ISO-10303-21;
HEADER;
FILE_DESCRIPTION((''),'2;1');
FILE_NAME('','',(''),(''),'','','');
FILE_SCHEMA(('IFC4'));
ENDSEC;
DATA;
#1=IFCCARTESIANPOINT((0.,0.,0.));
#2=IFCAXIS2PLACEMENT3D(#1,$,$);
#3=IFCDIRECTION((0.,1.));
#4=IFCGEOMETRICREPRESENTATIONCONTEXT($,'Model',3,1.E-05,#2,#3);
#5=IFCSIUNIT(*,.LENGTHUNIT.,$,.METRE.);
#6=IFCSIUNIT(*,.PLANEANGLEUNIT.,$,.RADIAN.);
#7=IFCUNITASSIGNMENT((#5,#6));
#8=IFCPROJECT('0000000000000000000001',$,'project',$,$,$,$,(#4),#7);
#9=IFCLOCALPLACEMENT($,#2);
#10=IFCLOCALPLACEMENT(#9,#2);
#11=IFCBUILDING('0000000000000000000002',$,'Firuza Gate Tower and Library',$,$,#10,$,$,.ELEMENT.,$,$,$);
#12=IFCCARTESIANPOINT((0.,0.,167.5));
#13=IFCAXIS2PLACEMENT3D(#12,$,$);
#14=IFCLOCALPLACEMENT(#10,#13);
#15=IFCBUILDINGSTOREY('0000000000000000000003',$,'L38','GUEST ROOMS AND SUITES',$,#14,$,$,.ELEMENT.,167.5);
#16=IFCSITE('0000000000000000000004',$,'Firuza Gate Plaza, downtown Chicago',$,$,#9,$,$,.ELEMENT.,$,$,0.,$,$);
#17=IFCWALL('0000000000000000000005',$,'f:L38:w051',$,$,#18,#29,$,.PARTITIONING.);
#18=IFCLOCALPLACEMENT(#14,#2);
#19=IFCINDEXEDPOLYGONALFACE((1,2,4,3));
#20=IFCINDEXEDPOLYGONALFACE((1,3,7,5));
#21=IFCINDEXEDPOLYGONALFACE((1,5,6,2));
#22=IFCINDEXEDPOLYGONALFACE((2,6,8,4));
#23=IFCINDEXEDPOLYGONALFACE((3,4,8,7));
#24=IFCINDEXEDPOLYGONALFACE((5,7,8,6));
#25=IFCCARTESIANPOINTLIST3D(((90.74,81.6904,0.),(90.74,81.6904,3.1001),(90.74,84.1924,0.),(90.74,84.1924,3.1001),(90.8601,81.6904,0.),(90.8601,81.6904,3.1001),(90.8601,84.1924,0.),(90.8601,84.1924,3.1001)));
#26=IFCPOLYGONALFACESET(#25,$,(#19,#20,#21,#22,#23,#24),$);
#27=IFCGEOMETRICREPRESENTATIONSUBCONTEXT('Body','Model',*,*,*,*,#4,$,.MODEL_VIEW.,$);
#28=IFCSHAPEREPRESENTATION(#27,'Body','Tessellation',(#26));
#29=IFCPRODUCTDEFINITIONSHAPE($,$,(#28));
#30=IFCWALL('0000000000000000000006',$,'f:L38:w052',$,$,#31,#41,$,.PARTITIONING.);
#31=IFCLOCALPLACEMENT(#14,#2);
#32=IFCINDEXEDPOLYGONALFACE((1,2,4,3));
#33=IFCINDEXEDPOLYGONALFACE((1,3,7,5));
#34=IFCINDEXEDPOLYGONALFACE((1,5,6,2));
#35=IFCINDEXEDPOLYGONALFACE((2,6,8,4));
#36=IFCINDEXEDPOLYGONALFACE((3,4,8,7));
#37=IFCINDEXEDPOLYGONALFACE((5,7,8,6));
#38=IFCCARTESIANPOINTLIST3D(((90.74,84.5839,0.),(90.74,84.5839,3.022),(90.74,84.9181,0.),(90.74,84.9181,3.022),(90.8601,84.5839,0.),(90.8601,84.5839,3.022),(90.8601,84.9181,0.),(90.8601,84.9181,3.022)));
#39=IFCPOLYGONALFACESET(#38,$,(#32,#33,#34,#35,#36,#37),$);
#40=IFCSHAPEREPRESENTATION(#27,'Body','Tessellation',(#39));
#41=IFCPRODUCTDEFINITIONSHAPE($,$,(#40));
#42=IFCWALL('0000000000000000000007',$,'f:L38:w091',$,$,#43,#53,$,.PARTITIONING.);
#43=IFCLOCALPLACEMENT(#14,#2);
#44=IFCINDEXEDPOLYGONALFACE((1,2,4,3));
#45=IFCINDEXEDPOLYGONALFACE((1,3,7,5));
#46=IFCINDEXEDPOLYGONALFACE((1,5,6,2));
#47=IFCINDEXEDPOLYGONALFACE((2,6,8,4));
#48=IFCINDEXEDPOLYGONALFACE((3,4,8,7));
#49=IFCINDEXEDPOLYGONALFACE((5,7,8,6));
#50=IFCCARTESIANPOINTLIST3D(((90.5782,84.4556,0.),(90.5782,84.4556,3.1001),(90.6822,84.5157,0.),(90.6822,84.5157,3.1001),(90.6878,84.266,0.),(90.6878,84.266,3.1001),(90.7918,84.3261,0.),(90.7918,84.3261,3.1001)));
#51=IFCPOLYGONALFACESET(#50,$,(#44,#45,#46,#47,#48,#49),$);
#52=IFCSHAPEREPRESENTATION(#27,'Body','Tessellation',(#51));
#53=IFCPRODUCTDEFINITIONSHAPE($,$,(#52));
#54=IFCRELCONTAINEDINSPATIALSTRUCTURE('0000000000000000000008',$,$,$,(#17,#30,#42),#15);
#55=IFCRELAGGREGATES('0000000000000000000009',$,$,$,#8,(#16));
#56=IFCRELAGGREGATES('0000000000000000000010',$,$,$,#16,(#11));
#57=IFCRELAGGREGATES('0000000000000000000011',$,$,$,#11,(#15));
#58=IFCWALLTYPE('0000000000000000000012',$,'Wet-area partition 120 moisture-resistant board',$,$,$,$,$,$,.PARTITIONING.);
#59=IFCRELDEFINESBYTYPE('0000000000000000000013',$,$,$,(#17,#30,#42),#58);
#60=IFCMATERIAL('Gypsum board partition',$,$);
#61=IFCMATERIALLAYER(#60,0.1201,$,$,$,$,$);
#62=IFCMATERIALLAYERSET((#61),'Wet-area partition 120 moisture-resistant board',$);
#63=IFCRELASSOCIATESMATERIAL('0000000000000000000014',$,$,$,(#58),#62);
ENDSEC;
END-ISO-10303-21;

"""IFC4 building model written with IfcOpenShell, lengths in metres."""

from ifc_helpers import new_model, si_unit, direction, frame, frame_2d, origin, place, context, subcontext, project, spatial, rectangle, extrude, material, layer, layer_set, type_object, element, save


model = new_model("IFC4")

# Units and contexts
model_context = context("Model", 3, precision=1e-05, world=origin(), true_north=direction((0.0, 1.0)))
body_context = subcontext(model_context, "Body", "Model", "MODEL_VIEW")
ifc_project = project(units=[si_unit("LENGTHUNIT", "METRE"), si_unit("PLANEANGLEUNIT", "RADIAN")], contexts=[model_context])

# Site, building, storey
site_placement = place(None, origin())
site = spatial("IfcSite", under=ifc_project, at=site_placement, Name="Firuza Gate Plaza, downtown Chicago", CompositionType="ELEMENT", RefElevation=0.0)
building_placement = place(site_placement, origin())
building = spatial("IfcBuilding", under=site, at=building_placement, Name="Firuza Gate Tower and Library", CompositionType="ELEMENT")
storey_placement = place(building_placement, frame((0.0, 0.0, 167.5)))
storey = spatial("IfcBuildingStorey", under=building, at=storey_placement, Name="L38", Description="GUEST ROOMS AND SUITES", CompositionType="ELEMENT", Elevation=167.5)

# Shared definitions
ifc_material_1 = material(Name="Gypsum board partition")
ifc_layer_1 = layer(ifc_material_1, 0.1201)
ifc_layer_set_1 = layer_set([ifc_layer_1], Name="Wet-area partition 120 moisture-resistant board")
wall_type_1 = type_object("IfcWallType", Name="Wet-area partition 120 moisture-resistant board", PredefinedType="PARTITIONING", material=ifc_layer_set_1)

# Walls
wall_1_placement = place(storey_placement, frame((90.8, 81.6904, 0.0), z_axis=(0.0, 0.0, 1.0), x_axis=(0.0, 1.0, 0.0)))
element("IfcWall", 1, at=wall_1_placement, inside=storey, type_object=wall_type_1, Name="f:L38:w051", PredefinedType="PARTITIONING", context=body_context, shape_type="SweptSolid", body=[
    extrude(rectangle(XDim=2.502, YDim=0.1201, at=frame_2d((1.251, 0.0))), origin(), (0.0, 0.0, 1.0), 3.1001),
])
wall_2_placement = place(storey_placement, frame((90.8, 84.584, 0.0), z_axis=(0.0, 0.0, 1.0), x_axis=(0.0, 1.0, 0.0)))
element("IfcWall", 2, at=wall_2_placement, inside=storey, type_object=wall_type_1, Name="f:L38:w052", PredefinedType="PARTITIONING", context=body_context, shape_type="SweptSolid", body=[
    extrude(rectangle(XDim=0.3342, YDim=0.1201, at=frame_2d((0.167, 0.0))), origin(), (0.0, 0.0, 1.0), 3.022),
])
wall_3_placement = place(storey_placement, frame((90.7397, 84.2961, 0.0), z_axis=(0.0, 0.0, 1.0), x_axis=(-0.500333, 0.865833, 0.0)))
element("IfcWall", 3, at=wall_3_placement, inside=storey, type_object=wall_type_1, Name="f:L38:w091", PredefinedType="PARTITIONING", context=body_context, shape_type="SweptSolid", body=[
    extrude(rectangle(XDim=0.219, YDim=0.1201, at=frame_2d((0.1094, 0.0))), origin(), (0.0, 0.0, 1.0), 3.1001),
])

save(model, "model.ifc")
